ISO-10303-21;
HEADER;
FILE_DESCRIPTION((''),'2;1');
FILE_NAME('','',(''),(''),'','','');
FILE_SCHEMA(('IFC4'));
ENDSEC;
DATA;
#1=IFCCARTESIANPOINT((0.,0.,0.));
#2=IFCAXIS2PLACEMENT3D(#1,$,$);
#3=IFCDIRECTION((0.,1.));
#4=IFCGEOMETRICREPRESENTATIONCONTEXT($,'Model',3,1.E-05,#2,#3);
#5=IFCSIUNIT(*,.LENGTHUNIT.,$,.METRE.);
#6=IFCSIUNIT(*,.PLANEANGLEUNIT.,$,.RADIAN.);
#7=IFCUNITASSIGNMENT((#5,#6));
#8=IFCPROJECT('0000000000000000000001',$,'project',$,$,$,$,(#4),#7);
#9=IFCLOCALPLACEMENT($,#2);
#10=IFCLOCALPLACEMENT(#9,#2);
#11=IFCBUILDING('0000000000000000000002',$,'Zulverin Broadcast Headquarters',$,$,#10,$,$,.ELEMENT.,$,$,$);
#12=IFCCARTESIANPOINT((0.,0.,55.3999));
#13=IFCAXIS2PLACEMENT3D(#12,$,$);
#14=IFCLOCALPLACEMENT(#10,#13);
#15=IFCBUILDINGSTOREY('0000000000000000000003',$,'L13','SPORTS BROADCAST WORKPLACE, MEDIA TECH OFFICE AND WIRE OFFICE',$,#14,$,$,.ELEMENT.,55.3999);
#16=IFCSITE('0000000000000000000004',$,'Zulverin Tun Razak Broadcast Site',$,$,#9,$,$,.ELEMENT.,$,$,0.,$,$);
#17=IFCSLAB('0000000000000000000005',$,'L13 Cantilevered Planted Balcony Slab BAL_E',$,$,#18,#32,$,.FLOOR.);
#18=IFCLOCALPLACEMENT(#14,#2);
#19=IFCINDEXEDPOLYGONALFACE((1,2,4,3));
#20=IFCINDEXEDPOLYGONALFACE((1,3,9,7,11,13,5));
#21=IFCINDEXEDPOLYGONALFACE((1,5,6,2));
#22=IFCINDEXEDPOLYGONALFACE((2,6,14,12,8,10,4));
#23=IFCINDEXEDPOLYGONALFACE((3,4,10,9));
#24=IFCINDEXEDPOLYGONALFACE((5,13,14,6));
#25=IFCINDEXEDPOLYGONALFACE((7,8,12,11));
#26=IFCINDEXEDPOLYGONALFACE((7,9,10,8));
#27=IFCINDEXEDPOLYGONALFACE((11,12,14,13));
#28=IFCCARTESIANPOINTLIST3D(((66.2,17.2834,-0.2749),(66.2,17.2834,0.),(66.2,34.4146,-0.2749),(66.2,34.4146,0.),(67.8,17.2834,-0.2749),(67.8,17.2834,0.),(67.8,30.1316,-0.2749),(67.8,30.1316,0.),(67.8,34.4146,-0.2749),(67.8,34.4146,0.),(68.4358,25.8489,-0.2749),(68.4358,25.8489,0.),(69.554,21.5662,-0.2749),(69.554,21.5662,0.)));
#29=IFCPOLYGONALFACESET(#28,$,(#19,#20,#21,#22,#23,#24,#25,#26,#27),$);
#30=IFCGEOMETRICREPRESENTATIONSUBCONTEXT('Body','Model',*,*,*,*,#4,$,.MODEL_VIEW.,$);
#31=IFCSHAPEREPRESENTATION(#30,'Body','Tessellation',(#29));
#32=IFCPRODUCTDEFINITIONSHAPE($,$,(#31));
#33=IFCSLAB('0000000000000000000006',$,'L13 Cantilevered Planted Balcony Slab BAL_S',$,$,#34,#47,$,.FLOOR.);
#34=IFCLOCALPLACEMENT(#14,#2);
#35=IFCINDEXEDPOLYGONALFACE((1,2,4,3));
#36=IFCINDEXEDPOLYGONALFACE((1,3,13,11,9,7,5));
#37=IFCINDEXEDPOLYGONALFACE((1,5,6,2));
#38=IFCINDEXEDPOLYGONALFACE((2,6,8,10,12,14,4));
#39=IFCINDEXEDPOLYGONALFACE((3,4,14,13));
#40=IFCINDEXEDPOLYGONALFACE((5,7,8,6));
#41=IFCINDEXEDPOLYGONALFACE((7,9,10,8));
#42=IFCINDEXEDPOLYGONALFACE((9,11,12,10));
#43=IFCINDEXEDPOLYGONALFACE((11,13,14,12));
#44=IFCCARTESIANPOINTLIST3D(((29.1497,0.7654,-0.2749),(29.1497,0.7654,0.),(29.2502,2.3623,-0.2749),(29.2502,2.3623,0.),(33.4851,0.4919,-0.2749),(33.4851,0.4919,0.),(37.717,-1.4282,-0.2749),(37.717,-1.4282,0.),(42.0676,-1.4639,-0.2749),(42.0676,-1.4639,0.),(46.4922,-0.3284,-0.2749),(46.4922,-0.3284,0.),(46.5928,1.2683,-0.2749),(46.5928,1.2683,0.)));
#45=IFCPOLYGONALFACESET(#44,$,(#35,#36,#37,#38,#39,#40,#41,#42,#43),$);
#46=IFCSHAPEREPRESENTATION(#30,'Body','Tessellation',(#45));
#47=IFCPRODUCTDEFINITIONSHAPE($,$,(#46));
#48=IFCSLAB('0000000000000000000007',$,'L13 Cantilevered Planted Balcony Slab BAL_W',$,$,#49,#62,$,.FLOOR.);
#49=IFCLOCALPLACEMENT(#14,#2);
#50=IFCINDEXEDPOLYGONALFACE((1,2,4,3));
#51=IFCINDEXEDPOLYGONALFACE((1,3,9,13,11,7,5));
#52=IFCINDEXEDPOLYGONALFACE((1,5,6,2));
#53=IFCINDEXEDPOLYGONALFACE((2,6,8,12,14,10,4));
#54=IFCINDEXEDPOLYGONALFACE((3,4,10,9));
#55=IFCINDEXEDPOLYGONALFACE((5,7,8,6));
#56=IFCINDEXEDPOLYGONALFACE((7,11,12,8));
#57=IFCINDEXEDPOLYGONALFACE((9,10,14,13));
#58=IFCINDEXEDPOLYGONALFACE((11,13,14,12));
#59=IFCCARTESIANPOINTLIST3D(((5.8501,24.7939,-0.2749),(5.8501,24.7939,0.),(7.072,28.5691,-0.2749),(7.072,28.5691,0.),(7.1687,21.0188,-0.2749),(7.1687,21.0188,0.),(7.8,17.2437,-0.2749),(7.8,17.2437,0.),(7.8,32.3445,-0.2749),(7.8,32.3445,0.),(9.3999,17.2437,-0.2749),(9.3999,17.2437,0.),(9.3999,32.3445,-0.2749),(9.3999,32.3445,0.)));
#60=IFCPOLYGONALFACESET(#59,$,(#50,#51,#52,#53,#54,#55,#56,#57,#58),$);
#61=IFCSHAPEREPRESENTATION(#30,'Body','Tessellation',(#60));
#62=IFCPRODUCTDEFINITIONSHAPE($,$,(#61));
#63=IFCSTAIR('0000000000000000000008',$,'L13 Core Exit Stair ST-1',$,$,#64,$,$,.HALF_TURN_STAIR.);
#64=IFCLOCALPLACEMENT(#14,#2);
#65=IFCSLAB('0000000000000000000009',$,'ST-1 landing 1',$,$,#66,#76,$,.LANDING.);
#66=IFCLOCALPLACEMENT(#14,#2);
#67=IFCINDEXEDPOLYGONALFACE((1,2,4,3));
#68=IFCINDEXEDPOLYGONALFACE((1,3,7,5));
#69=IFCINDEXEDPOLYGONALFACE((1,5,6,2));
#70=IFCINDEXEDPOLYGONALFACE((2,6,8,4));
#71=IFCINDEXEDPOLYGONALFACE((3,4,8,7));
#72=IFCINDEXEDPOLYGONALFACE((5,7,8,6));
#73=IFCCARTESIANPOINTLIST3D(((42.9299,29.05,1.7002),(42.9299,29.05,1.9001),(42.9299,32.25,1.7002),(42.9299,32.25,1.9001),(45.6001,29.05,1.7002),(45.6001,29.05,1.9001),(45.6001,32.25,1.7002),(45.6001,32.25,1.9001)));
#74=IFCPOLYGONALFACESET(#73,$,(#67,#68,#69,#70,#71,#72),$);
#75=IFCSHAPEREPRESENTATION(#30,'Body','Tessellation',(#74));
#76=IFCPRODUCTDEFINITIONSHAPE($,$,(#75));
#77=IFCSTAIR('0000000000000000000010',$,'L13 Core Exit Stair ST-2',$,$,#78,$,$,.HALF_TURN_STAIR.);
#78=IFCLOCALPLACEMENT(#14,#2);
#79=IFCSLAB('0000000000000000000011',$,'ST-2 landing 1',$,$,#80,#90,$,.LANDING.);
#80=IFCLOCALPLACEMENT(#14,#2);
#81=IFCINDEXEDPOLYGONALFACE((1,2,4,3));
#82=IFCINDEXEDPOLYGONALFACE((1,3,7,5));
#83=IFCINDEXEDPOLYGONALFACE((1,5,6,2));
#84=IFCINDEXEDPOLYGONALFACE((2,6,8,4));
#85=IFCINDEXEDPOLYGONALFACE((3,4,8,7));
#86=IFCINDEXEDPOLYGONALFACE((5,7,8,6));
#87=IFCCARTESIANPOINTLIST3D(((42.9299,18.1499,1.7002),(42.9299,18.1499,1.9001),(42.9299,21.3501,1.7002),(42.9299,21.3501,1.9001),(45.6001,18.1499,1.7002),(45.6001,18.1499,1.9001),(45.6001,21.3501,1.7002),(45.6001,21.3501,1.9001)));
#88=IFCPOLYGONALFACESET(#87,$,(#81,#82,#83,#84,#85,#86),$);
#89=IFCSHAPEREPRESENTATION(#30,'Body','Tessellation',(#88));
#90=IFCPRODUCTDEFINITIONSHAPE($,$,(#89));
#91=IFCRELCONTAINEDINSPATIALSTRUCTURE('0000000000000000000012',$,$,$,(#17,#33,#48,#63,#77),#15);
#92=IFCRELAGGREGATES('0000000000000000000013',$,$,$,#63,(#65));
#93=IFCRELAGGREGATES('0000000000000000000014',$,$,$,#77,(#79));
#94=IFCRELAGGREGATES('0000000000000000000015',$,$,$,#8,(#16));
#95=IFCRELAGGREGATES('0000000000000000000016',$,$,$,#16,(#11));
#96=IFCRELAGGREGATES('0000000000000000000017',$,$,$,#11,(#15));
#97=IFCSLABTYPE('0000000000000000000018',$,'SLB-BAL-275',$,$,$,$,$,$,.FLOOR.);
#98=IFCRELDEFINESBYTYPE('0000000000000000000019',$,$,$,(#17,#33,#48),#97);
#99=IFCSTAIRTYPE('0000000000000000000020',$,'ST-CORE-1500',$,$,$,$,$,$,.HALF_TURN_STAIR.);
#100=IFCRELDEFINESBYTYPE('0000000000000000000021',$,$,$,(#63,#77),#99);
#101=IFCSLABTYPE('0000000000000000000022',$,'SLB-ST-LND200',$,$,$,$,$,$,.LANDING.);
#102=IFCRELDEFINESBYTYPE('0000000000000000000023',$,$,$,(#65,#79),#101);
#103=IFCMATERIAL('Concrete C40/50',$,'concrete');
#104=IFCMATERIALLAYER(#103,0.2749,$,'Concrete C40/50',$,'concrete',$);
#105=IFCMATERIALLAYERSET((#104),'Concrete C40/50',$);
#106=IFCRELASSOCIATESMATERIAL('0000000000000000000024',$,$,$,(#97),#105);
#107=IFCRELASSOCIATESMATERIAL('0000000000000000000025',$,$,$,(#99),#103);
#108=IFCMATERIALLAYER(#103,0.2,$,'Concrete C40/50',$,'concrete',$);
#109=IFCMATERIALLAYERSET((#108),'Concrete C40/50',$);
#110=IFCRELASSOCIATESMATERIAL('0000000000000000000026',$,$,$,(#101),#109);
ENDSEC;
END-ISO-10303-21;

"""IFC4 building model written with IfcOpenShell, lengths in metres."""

from ifc_helpers import new_model, si_unit, direction, frame, origin, place, context, subcontext, project, spatial, polyline, outline, extrude, material, layer, layer_set, type_object, element, aggregate, save


model = new_model("IFC4")

# Units and contexts
model_context = context("Model", 3, precision=1e-05, world=origin(), true_north=direction((0.0, 1.0)))
body_context = subcontext(model_context, "Body", "Model", "MODEL_VIEW")
ifc_project = project(units=[si_unit("LENGTHUNIT", "METRE"), si_unit("PLANEANGLEUNIT", "RADIAN")], contexts=[model_context])

# Site, building, storey
site_placement = place(None, origin())
site = spatial("IfcSite", under=ifc_project, at=site_placement, Name="Zulverin Tun Razak Broadcast Site", CompositionType="ELEMENT", RefElevation=0.0)
building_placement = place(site_placement, origin())
building = spatial("IfcBuilding", under=site, at=building_placement, Name="Zulverin Broadcast Headquarters", CompositionType="ELEMENT")
storey_placement = place(building_placement, frame((0.0, 0.0, 55.3999)))
storey = spatial("IfcBuildingStorey", under=building, at=storey_placement, Name="L13", Description="SPORTS BROADCAST WORKPLACE, MEDIA TECH OFFICE AND WIRE OFFICE", CompositionType="ELEMENT", Elevation=55.3999)

# Slabs
ifc_material_1 = material(Name="Concrete C40/50", Category="concrete")
ifc_layer_1 = layer(ifc_material_1, 0.2749, Name="Concrete C40/50", Category="concrete")
ifc_layer_set_1 = layer_set([ifc_layer_1], Name="Concrete C40/50")
slab_type_1 = type_object("IfcSlabType", Name="SLB-BAL-275", PredefinedType="FLOOR", material=ifc_layer_set_1)
slab_1_placement = place(storey_placement, frame((0.0, 0.0, -0.2749)))
element("IfcSlab", 1, at=slab_1_placement, inside=storey, type_object=slab_type_1, Name="L13 Cantilevered Planted Balcony Slab BAL_E", PredefinedType="FLOOR", context=body_context, shape_type="SweptSolid", body=[
    extrude(outline(polyline([(66.2, 34.4146), (66.2, 17.2834), (67.8, 17.2834), (69.554, 21.5662), (68.4358, 25.8489), (67.8, 30.1316), (67.8, 34.4146), (66.2, 34.4146)])), origin(), (0.0, 0.0, 1.0), 0.2749),
])
slab_2_placement = place(storey_placement, frame((0.0, 0.0, -0.2749)))
element("IfcSlab", 2, at=slab_2_placement, inside=storey, type_object=slab_type_1, Name="L13 Cantilevered Planted Balcony Slab BAL_S", PredefinedType="FLOOR", context=body_context, shape_type="SweptSolid", body=[
    extrude(outline(polyline([(46.5928, 1.2683), (29.2502, 2.3623), (29.1497, 0.7654), (33.4851, 0.4919), (37.717, -1.4282), (42.0676, -1.4639), (46.4922, -0.3284), (46.5928, 1.2683)])), origin(), (0.0, 0.0, 1.0), 0.2749),
])
slab_3_placement = place(storey_placement, frame((0.0, 0.0, -0.2749)))
element("IfcSlab", 3, at=slab_3_placement, inside=storey, type_object=slab_type_1, Name="L13 Cantilevered Planted Balcony Slab BAL_W", PredefinedType="FLOOR", context=body_context, shape_type="SweptSolid", body=[
    extrude(outline(polyline([(9.3999, 17.2437), (9.3999, 32.3445), (7.8, 32.3445), (7.072, 28.5691), (5.8501, 24.7939), (7.1687, 21.0188), (7.8, 17.2437), (9.3999, 17.2437)])), origin(), (0.0, 0.0, 1.0), 0.2749),
])

# Stairs, slabs
stair_type = type_object("IfcStairType", Name="ST-CORE-1500", PredefinedType="HALF_TURN_STAIR", material=ifc_material_1)
stair_1_placement = place(storey_placement, origin())
stair_1 = element("IfcStair", 4, at=stair_1_placement, inside=storey, type_object=stair_type, Name="L13 Core Exit Stair ST-1", PredefinedType="HALF_TURN_STAIR")
ifc_layer_2 = layer(ifc_material_1, 0.2, Name="Concrete C40/50", Category="concrete")
ifc_layer_set_2 = layer_set([ifc_layer_2], Name="Concrete C40/50")
slab_type_2 = type_object("IfcSlabType", Name="SLB-ST-LND200", PredefinedType="LANDING", material=ifc_layer_set_2)
slab_4_placement = place(storey_placement, frame((0.0, 0.0, 1.7002)))
slab_4 = element("IfcSlab", 5, at=slab_4_placement, type_object=slab_type_2, Name="ST-1 landing 1", PredefinedType="LANDING", context=body_context, shape_type="SweptSolid", body=[
    extrude(outline(polyline([(42.9299, 29.05), (45.6001, 29.05), (45.6001, 32.25), (42.9299, 32.25), (42.9299, 29.05)])), origin(), (0.0, 0.0, 1.0), 0.2),
])
aggregate(stair_1, [slab_4])
stair_2_placement = place(storey_placement, origin())
stair_2 = element("IfcStair", 6, at=stair_2_placement, inside=storey, type_object=stair_type, Name="L13 Core Exit Stair ST-2", PredefinedType="HALF_TURN_STAIR")
slab_5_placement = place(storey_placement, frame((0.0, 0.0, 1.7002)))
slab_5 = element("IfcSlab", 7, at=slab_5_placement, type_object=slab_type_2, Name="ST-2 landing 1", PredefinedType="LANDING", context=body_context, shape_type="SweptSolid", body=[
    extrude(outline(polyline([(42.9299, 18.1499), (45.6001, 18.1499), (45.6001, 21.3501), (42.9299, 21.3501), (42.9299, 18.1499)])), origin(), (0.0, 0.0, 1.0), 0.2),
])
aggregate(stair_2, [slab_5])

save(model, "model.ifc")
